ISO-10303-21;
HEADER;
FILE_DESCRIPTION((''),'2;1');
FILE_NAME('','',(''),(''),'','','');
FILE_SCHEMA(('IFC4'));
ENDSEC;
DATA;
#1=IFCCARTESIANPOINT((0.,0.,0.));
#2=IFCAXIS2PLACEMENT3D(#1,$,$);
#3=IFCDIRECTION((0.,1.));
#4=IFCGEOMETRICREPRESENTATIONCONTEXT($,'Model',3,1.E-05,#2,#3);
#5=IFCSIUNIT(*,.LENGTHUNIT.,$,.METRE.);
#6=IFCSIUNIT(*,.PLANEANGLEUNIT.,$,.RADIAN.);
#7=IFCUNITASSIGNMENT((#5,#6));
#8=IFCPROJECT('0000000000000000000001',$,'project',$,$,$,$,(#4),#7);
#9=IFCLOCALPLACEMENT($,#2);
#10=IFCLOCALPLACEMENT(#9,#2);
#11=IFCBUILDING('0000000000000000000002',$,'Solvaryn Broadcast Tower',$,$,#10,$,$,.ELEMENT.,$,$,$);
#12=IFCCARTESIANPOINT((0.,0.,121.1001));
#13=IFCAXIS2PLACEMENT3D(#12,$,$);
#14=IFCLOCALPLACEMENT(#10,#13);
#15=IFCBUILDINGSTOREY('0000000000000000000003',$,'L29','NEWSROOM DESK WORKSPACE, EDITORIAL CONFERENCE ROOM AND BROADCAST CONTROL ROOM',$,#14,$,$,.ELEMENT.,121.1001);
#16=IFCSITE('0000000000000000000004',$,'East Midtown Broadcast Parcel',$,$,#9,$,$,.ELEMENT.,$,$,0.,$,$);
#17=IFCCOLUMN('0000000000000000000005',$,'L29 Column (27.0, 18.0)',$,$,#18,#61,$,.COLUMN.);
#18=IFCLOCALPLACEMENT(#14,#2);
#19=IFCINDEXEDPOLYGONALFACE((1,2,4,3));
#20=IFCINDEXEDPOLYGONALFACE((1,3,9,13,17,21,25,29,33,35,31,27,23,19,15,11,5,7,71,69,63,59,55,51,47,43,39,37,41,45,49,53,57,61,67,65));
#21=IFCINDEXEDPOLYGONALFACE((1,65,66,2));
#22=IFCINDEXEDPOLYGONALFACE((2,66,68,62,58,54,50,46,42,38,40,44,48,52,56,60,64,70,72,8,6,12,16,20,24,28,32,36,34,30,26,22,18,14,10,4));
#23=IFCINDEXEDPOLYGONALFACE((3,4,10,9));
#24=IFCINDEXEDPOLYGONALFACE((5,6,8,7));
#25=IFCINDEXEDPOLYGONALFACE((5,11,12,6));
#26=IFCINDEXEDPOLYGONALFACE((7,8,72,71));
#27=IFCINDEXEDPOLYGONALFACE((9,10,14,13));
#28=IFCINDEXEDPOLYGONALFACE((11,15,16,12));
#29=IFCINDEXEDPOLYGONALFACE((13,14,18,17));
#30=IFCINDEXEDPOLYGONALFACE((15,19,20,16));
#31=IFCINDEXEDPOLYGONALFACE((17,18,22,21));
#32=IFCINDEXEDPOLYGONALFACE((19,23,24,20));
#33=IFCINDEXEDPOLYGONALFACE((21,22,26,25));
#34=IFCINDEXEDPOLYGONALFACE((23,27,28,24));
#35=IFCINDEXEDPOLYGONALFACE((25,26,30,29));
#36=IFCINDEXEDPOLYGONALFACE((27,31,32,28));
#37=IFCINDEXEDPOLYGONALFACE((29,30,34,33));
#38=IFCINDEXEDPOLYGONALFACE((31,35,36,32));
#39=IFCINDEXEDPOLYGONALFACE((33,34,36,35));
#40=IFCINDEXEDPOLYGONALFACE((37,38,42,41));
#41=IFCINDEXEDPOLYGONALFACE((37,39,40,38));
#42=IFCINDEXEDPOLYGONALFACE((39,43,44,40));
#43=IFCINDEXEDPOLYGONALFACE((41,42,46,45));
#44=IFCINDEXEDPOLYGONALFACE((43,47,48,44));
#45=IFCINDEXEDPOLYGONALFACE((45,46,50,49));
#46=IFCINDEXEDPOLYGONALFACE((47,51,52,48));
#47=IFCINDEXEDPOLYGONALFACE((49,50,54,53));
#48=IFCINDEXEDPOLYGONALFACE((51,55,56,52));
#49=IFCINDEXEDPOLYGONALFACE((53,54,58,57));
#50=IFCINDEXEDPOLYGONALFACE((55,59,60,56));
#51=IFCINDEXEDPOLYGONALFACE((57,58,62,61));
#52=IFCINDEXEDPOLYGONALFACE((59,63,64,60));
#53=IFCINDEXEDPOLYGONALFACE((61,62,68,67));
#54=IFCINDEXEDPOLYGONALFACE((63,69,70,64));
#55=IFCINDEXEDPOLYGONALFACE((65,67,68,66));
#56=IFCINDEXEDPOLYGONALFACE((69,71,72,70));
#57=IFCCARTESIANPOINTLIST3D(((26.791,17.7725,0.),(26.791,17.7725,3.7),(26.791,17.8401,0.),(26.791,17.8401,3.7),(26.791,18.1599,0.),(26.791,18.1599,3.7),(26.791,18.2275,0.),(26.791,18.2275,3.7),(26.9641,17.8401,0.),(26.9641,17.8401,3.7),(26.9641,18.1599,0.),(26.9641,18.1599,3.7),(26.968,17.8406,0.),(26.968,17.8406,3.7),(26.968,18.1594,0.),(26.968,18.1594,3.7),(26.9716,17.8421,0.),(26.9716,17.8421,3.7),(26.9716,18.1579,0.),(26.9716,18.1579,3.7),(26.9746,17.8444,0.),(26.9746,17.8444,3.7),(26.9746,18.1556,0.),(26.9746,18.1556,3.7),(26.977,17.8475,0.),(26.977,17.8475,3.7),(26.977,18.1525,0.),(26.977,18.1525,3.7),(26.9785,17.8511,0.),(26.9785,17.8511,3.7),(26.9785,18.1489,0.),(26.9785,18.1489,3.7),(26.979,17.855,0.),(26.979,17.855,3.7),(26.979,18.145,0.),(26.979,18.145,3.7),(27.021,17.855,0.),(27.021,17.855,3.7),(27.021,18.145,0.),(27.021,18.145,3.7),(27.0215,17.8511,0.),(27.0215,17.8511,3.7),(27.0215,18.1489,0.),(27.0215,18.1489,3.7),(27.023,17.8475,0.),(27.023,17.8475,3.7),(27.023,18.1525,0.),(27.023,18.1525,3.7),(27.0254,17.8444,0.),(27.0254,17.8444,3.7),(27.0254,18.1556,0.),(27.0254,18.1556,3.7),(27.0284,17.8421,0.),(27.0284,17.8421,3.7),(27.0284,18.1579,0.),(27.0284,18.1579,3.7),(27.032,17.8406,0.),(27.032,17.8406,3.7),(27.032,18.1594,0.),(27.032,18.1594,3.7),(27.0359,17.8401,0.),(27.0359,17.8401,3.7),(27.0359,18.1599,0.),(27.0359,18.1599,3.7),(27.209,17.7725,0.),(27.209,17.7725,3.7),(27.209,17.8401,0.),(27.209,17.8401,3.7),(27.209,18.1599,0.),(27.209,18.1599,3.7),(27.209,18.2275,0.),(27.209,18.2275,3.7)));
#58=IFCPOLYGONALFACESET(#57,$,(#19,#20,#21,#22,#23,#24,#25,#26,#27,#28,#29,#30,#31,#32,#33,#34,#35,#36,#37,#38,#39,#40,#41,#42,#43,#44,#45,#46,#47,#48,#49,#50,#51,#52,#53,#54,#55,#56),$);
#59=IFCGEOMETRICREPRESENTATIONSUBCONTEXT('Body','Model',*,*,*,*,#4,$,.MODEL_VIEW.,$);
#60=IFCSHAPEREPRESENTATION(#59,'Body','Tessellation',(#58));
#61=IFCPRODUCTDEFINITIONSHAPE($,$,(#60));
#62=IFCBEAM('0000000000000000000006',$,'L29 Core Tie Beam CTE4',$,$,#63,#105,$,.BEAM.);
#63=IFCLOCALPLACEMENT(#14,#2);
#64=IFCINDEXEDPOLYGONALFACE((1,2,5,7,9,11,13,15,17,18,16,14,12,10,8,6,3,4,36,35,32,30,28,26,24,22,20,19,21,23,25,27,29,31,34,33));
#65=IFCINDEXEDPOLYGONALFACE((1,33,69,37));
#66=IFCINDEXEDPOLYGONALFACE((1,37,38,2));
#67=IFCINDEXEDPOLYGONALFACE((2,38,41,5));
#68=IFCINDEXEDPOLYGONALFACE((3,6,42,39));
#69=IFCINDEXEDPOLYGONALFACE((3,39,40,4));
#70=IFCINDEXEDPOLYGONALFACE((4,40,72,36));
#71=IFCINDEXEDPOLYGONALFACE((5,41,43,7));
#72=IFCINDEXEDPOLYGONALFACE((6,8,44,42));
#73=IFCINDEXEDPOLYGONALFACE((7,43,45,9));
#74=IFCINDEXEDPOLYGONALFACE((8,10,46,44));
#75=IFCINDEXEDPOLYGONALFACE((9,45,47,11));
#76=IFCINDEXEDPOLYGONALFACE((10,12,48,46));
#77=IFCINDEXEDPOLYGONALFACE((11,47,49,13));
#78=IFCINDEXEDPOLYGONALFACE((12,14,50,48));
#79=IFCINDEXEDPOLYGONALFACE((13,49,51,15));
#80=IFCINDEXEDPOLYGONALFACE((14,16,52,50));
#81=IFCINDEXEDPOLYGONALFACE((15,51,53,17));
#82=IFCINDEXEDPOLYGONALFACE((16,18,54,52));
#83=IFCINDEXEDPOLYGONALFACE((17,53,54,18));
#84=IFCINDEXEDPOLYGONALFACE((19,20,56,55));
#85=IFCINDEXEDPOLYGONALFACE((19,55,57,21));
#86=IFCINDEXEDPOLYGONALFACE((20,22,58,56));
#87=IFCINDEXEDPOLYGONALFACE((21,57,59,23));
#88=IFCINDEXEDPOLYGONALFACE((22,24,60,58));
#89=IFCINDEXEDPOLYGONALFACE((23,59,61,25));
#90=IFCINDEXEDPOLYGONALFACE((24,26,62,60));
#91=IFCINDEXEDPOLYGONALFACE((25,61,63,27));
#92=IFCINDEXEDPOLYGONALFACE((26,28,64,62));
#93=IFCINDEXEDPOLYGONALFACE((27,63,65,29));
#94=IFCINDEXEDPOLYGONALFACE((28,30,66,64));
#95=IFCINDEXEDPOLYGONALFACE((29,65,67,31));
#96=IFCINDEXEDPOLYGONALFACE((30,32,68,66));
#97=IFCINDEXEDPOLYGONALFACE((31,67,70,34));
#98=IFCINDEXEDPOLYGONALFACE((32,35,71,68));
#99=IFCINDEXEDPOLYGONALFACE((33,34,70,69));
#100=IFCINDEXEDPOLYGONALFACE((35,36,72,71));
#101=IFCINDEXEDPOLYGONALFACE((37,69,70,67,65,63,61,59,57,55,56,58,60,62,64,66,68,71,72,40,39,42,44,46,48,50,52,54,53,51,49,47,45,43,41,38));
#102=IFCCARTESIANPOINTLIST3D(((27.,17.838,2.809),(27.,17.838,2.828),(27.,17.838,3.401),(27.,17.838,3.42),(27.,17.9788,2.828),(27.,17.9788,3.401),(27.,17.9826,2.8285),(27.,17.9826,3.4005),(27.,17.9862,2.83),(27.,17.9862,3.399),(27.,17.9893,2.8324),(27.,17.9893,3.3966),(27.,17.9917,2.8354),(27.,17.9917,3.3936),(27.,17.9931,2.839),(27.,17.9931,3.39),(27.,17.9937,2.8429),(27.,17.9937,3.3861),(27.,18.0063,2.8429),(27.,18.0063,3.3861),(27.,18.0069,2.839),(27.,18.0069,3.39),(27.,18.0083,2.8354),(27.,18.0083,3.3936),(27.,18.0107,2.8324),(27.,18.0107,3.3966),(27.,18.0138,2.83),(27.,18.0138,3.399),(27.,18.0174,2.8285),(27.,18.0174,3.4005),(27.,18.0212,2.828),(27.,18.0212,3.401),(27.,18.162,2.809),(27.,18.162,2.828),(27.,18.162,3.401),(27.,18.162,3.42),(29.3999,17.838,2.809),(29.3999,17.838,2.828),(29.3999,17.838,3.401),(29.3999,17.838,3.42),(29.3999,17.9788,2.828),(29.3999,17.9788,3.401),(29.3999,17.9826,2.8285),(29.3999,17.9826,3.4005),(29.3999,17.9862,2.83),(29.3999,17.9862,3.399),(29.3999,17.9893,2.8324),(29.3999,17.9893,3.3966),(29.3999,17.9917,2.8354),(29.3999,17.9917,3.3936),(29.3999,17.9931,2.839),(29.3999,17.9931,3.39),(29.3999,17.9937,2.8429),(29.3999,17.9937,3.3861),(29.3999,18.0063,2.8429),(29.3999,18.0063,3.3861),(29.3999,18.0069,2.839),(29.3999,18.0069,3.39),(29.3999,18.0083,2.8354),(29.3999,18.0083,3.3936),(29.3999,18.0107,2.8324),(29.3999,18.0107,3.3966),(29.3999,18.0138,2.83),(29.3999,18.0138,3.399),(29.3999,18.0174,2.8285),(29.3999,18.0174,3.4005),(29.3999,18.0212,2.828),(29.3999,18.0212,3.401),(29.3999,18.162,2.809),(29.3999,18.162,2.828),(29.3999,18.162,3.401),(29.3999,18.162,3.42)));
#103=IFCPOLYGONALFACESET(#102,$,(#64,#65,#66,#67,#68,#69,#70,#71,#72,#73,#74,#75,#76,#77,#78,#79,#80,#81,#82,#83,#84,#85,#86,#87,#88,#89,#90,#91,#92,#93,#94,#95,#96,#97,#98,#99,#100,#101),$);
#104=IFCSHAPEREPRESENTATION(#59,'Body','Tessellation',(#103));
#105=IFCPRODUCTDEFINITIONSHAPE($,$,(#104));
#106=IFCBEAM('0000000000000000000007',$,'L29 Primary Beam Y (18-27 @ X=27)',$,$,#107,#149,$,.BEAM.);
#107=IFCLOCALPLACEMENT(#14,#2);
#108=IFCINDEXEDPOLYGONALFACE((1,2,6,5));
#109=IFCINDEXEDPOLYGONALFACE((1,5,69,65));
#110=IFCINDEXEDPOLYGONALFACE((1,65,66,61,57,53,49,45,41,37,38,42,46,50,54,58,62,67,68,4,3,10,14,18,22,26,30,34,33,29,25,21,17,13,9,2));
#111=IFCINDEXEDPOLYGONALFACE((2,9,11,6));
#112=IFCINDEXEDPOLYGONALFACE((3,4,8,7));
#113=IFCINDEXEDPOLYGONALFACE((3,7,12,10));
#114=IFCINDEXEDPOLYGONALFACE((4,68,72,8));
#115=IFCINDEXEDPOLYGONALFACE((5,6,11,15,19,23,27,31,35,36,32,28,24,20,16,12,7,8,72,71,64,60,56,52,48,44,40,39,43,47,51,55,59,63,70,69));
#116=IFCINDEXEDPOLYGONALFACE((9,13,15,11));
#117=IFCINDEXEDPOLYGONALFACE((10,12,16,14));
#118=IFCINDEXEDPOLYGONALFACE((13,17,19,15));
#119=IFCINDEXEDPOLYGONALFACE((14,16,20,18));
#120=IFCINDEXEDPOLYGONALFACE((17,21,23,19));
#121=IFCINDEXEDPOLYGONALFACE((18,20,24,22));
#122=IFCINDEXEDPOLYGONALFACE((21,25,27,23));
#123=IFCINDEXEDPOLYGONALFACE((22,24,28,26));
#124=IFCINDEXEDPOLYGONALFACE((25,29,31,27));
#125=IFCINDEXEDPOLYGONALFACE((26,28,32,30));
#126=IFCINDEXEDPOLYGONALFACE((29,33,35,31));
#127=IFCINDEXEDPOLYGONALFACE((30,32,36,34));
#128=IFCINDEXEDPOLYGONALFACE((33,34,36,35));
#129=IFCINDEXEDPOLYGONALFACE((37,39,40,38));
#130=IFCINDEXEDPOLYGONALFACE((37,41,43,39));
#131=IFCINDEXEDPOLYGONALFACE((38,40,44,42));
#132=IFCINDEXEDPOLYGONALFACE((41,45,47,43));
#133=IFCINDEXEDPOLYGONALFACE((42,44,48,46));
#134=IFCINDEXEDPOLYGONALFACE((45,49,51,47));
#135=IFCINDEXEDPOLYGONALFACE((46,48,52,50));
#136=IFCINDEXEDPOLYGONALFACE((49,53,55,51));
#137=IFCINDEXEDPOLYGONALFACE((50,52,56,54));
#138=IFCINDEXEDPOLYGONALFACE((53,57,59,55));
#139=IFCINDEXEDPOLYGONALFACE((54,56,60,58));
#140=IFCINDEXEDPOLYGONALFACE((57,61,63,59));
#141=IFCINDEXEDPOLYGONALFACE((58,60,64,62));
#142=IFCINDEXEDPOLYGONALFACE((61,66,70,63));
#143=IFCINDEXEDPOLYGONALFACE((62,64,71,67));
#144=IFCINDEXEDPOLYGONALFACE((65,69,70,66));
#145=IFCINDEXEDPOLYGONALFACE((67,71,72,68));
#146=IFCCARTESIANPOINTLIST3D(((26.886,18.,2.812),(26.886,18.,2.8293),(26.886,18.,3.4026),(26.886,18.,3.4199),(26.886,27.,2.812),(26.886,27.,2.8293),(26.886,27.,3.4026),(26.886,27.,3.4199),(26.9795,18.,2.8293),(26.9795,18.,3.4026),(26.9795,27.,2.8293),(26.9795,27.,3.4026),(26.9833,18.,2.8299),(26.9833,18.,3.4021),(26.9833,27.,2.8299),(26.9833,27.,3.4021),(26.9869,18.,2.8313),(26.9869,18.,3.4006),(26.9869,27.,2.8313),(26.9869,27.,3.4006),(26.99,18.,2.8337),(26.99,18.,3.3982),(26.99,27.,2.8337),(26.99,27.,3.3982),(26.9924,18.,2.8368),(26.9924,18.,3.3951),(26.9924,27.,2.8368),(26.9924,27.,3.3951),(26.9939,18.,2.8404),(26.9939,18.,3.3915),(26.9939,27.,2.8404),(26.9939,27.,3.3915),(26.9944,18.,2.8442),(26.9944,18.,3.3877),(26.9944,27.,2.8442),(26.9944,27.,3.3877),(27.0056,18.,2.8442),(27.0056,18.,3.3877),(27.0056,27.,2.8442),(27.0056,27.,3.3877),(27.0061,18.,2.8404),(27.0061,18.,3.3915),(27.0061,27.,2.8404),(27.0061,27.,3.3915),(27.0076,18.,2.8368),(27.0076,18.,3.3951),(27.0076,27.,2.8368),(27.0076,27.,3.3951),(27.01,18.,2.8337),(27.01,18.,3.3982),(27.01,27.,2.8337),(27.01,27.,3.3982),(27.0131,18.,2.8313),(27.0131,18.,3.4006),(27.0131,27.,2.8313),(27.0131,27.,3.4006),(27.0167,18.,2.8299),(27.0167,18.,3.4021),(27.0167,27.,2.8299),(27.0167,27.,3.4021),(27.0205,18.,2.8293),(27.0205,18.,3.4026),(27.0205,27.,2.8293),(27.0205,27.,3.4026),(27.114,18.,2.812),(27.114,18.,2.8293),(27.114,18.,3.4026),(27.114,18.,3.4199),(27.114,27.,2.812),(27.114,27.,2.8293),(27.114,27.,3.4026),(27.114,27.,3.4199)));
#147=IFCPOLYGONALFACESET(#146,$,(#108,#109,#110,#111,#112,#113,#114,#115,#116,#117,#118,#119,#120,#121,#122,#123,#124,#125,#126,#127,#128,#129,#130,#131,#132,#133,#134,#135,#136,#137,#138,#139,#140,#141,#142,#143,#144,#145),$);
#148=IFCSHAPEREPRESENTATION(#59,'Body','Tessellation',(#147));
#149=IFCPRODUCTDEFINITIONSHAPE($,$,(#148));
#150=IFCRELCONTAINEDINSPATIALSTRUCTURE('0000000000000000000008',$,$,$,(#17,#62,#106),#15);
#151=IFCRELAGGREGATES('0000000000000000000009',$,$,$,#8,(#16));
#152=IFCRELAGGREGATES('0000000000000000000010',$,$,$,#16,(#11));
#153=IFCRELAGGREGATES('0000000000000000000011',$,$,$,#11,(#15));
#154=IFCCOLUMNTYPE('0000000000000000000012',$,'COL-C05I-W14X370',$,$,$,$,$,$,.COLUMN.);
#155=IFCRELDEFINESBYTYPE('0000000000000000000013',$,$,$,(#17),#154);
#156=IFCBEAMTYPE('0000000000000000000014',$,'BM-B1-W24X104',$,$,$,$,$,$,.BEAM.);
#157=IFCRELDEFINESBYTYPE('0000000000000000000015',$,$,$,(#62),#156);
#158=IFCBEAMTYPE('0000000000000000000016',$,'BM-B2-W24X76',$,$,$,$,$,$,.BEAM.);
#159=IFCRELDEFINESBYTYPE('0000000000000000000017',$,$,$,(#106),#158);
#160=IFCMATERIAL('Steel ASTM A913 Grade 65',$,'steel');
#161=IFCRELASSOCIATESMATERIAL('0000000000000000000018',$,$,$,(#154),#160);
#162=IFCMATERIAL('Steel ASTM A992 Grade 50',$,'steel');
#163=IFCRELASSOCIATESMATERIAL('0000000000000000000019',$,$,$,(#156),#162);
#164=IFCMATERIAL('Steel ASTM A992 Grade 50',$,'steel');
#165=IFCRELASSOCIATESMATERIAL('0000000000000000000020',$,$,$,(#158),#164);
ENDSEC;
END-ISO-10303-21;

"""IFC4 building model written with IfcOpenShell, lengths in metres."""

from ifc_helpers import new_model, si_unit, direction, frame, origin, origin_2d, place, context, subcontext, project, spatial, i_section, extrude, material, material_profile, profile_set, type_object, element, save


model = new_model("IFC4")

# Units and contexts
model_context = context("Model", 3, precision=1e-05, world=origin(), true_north=direction((0.0, 1.0)))
body_context = subcontext(model_context, "Body", "Model", "MODEL_VIEW")
ifc_project = project(units=[si_unit("LENGTHUNIT", "METRE"), si_unit("PLANEANGLEUNIT", "RADIAN")], contexts=[model_context])

# Site, building, storey
site_placement = place(None, origin())
site = spatial("IfcSite", under=ifc_project, at=site_placement, Name="East Midtown Broadcast Parcel", CompositionType="ELEMENT", RefElevation=0.0)
building_placement = place(site_placement, origin())
building = spatial("IfcBuilding", under=site, at=building_placement, Name="Solvaryn Broadcast Tower", CompositionType="ELEMENT")
storey_placement = place(building_placement, frame((0.0, 0.0, 121.1001)))
storey = spatial("IfcBuildingStorey", under=building, at=storey_placement, Name="L29", Description="NEWSROOM DESK WORKSPACE, EDITORIAL CONFERENCE ROOM AND BROADCAST CONTROL ROOM", CompositionType="ELEMENT", Elevation=121.1001)

# Column
ifc_material_1 = material(Name="Steel ASTM A913 Grade 65", Category="steel")
ifc_material_profile_1 = material_profile(ifc_material_1, i_section(OverallWidth=0.418, OverallDepth=0.4551, WebThickness=0.042, FlangeThickness=0.0676, FilletRadius=0.0149, at=origin_2d()))
ifc_profile_set_1 = profile_set([ifc_material_profile_1], Name="Steel ASTM A913 Grade 65")
column_type = type_object("IfcColumnType", Name="COL-C05I-W14X370", PredefinedType="COLUMN", material=ifc_profile_set_1)
column_placement = place(storey_placement, frame((27.0, 18.0, 0.0), z_axis=(0.0, 0.0, 1.0), x_axis=(1.0, 0.0, 0.0)))
element("IfcColumn", 1, at=column_placement, inside=storey, type_object=column_type, Name="L29 Column (27.0, 18.0)", PredefinedType="COLUMN", context=body_context, shape_type="SweptSolid", body=[
    extrude(i_section(OverallWidth=0.418, OverallDepth=0.4551, WebThickness=0.042, FlangeThickness=0.0676, FilletRadius=0.0149, at=origin_2d()), origin(), (0.0, 0.0, 1.0), 3.7),
])

# Beams
ifc_material_2 = material(Name="Steel ASTM A992 Grade 50", Category="steel")
ifc_material_profile_2 = material_profile(ifc_material_2, i_section(OverallWidth=0.324, OverallDepth=0.6111, WebThickness=0.0127, FlangeThickness=0.019, FilletRadius=0.0149, at=origin_2d()))
ifc_profile_set_2 = profile_set([ifc_material_profile_2], Name="Steel ASTM A992 Grade 50")
beam_type_1 = type_object("IfcBeamType", Name="BM-B1-W24X104", PredefinedType="BEAM", material=ifc_profile_set_2)
beam_1_placement = place(storey_placement, frame((27.0, 18.0, 3.1145), z_axis=(1.0, 0.0, 0.0), x_axis=(0.0, 1.0, 0.0)))
element("IfcBeam", 2, at=beam_1_placement, inside=storey, type_object=beam_type_1, Name="L29 Core Tie Beam CTE4", PredefinedType="BEAM", context=body_context, shape_type="SweptSolid", body=[
    extrude(i_section(OverallWidth=0.324, OverallDepth=0.6111, WebThickness=0.0127, FlangeThickness=0.019, FilletRadius=0.0149, at=origin_2d()), origin(), (0.0, 0.0, 1.0), 2.3999),
])
ifc_material_3 = material(Name="Steel ASTM A992 Grade 50", Category="steel")
ifc_material_profile_3 = material_profile(ifc_material_3, i_section(OverallWidth=0.228, OverallDepth=0.6079, WebThickness=0.0112, FlangeThickness=0.0173, FilletRadius=0.0149, at=origin_2d()))
ifc_profile_set_3 = profile_set([ifc_material_profile_3], Name="Steel ASTM A992 Grade 50")
beam_type_2 = type_object("IfcBeamType", Name="BM-B2-W24X76", PredefinedType="BEAM", material=ifc_profile_set_3)
beam_2_placement = place(storey_placement, frame((27.0, 18.0, 3.116), z_axis=(0.0, 1.0, 0.0), x_axis=(-1.0, 0.0, 0.0)))
element("IfcBeam", 3, at=beam_2_placement, inside=storey, type_object=beam_type_2, Name="L29 Primary Beam Y (18-27 @ X=27)", PredefinedType="BEAM", context=body_context, shape_type="SweptSolid", body=[
    extrude(i_section(OverallWidth=0.228, OverallDepth=0.6079, WebThickness=0.0112, FlangeThickness=0.0173, FilletRadius=0.0149, at=origin_2d()), origin(), (0.0, 0.0, 1.0), 9.0),
])

save(model, "model.ifc")
